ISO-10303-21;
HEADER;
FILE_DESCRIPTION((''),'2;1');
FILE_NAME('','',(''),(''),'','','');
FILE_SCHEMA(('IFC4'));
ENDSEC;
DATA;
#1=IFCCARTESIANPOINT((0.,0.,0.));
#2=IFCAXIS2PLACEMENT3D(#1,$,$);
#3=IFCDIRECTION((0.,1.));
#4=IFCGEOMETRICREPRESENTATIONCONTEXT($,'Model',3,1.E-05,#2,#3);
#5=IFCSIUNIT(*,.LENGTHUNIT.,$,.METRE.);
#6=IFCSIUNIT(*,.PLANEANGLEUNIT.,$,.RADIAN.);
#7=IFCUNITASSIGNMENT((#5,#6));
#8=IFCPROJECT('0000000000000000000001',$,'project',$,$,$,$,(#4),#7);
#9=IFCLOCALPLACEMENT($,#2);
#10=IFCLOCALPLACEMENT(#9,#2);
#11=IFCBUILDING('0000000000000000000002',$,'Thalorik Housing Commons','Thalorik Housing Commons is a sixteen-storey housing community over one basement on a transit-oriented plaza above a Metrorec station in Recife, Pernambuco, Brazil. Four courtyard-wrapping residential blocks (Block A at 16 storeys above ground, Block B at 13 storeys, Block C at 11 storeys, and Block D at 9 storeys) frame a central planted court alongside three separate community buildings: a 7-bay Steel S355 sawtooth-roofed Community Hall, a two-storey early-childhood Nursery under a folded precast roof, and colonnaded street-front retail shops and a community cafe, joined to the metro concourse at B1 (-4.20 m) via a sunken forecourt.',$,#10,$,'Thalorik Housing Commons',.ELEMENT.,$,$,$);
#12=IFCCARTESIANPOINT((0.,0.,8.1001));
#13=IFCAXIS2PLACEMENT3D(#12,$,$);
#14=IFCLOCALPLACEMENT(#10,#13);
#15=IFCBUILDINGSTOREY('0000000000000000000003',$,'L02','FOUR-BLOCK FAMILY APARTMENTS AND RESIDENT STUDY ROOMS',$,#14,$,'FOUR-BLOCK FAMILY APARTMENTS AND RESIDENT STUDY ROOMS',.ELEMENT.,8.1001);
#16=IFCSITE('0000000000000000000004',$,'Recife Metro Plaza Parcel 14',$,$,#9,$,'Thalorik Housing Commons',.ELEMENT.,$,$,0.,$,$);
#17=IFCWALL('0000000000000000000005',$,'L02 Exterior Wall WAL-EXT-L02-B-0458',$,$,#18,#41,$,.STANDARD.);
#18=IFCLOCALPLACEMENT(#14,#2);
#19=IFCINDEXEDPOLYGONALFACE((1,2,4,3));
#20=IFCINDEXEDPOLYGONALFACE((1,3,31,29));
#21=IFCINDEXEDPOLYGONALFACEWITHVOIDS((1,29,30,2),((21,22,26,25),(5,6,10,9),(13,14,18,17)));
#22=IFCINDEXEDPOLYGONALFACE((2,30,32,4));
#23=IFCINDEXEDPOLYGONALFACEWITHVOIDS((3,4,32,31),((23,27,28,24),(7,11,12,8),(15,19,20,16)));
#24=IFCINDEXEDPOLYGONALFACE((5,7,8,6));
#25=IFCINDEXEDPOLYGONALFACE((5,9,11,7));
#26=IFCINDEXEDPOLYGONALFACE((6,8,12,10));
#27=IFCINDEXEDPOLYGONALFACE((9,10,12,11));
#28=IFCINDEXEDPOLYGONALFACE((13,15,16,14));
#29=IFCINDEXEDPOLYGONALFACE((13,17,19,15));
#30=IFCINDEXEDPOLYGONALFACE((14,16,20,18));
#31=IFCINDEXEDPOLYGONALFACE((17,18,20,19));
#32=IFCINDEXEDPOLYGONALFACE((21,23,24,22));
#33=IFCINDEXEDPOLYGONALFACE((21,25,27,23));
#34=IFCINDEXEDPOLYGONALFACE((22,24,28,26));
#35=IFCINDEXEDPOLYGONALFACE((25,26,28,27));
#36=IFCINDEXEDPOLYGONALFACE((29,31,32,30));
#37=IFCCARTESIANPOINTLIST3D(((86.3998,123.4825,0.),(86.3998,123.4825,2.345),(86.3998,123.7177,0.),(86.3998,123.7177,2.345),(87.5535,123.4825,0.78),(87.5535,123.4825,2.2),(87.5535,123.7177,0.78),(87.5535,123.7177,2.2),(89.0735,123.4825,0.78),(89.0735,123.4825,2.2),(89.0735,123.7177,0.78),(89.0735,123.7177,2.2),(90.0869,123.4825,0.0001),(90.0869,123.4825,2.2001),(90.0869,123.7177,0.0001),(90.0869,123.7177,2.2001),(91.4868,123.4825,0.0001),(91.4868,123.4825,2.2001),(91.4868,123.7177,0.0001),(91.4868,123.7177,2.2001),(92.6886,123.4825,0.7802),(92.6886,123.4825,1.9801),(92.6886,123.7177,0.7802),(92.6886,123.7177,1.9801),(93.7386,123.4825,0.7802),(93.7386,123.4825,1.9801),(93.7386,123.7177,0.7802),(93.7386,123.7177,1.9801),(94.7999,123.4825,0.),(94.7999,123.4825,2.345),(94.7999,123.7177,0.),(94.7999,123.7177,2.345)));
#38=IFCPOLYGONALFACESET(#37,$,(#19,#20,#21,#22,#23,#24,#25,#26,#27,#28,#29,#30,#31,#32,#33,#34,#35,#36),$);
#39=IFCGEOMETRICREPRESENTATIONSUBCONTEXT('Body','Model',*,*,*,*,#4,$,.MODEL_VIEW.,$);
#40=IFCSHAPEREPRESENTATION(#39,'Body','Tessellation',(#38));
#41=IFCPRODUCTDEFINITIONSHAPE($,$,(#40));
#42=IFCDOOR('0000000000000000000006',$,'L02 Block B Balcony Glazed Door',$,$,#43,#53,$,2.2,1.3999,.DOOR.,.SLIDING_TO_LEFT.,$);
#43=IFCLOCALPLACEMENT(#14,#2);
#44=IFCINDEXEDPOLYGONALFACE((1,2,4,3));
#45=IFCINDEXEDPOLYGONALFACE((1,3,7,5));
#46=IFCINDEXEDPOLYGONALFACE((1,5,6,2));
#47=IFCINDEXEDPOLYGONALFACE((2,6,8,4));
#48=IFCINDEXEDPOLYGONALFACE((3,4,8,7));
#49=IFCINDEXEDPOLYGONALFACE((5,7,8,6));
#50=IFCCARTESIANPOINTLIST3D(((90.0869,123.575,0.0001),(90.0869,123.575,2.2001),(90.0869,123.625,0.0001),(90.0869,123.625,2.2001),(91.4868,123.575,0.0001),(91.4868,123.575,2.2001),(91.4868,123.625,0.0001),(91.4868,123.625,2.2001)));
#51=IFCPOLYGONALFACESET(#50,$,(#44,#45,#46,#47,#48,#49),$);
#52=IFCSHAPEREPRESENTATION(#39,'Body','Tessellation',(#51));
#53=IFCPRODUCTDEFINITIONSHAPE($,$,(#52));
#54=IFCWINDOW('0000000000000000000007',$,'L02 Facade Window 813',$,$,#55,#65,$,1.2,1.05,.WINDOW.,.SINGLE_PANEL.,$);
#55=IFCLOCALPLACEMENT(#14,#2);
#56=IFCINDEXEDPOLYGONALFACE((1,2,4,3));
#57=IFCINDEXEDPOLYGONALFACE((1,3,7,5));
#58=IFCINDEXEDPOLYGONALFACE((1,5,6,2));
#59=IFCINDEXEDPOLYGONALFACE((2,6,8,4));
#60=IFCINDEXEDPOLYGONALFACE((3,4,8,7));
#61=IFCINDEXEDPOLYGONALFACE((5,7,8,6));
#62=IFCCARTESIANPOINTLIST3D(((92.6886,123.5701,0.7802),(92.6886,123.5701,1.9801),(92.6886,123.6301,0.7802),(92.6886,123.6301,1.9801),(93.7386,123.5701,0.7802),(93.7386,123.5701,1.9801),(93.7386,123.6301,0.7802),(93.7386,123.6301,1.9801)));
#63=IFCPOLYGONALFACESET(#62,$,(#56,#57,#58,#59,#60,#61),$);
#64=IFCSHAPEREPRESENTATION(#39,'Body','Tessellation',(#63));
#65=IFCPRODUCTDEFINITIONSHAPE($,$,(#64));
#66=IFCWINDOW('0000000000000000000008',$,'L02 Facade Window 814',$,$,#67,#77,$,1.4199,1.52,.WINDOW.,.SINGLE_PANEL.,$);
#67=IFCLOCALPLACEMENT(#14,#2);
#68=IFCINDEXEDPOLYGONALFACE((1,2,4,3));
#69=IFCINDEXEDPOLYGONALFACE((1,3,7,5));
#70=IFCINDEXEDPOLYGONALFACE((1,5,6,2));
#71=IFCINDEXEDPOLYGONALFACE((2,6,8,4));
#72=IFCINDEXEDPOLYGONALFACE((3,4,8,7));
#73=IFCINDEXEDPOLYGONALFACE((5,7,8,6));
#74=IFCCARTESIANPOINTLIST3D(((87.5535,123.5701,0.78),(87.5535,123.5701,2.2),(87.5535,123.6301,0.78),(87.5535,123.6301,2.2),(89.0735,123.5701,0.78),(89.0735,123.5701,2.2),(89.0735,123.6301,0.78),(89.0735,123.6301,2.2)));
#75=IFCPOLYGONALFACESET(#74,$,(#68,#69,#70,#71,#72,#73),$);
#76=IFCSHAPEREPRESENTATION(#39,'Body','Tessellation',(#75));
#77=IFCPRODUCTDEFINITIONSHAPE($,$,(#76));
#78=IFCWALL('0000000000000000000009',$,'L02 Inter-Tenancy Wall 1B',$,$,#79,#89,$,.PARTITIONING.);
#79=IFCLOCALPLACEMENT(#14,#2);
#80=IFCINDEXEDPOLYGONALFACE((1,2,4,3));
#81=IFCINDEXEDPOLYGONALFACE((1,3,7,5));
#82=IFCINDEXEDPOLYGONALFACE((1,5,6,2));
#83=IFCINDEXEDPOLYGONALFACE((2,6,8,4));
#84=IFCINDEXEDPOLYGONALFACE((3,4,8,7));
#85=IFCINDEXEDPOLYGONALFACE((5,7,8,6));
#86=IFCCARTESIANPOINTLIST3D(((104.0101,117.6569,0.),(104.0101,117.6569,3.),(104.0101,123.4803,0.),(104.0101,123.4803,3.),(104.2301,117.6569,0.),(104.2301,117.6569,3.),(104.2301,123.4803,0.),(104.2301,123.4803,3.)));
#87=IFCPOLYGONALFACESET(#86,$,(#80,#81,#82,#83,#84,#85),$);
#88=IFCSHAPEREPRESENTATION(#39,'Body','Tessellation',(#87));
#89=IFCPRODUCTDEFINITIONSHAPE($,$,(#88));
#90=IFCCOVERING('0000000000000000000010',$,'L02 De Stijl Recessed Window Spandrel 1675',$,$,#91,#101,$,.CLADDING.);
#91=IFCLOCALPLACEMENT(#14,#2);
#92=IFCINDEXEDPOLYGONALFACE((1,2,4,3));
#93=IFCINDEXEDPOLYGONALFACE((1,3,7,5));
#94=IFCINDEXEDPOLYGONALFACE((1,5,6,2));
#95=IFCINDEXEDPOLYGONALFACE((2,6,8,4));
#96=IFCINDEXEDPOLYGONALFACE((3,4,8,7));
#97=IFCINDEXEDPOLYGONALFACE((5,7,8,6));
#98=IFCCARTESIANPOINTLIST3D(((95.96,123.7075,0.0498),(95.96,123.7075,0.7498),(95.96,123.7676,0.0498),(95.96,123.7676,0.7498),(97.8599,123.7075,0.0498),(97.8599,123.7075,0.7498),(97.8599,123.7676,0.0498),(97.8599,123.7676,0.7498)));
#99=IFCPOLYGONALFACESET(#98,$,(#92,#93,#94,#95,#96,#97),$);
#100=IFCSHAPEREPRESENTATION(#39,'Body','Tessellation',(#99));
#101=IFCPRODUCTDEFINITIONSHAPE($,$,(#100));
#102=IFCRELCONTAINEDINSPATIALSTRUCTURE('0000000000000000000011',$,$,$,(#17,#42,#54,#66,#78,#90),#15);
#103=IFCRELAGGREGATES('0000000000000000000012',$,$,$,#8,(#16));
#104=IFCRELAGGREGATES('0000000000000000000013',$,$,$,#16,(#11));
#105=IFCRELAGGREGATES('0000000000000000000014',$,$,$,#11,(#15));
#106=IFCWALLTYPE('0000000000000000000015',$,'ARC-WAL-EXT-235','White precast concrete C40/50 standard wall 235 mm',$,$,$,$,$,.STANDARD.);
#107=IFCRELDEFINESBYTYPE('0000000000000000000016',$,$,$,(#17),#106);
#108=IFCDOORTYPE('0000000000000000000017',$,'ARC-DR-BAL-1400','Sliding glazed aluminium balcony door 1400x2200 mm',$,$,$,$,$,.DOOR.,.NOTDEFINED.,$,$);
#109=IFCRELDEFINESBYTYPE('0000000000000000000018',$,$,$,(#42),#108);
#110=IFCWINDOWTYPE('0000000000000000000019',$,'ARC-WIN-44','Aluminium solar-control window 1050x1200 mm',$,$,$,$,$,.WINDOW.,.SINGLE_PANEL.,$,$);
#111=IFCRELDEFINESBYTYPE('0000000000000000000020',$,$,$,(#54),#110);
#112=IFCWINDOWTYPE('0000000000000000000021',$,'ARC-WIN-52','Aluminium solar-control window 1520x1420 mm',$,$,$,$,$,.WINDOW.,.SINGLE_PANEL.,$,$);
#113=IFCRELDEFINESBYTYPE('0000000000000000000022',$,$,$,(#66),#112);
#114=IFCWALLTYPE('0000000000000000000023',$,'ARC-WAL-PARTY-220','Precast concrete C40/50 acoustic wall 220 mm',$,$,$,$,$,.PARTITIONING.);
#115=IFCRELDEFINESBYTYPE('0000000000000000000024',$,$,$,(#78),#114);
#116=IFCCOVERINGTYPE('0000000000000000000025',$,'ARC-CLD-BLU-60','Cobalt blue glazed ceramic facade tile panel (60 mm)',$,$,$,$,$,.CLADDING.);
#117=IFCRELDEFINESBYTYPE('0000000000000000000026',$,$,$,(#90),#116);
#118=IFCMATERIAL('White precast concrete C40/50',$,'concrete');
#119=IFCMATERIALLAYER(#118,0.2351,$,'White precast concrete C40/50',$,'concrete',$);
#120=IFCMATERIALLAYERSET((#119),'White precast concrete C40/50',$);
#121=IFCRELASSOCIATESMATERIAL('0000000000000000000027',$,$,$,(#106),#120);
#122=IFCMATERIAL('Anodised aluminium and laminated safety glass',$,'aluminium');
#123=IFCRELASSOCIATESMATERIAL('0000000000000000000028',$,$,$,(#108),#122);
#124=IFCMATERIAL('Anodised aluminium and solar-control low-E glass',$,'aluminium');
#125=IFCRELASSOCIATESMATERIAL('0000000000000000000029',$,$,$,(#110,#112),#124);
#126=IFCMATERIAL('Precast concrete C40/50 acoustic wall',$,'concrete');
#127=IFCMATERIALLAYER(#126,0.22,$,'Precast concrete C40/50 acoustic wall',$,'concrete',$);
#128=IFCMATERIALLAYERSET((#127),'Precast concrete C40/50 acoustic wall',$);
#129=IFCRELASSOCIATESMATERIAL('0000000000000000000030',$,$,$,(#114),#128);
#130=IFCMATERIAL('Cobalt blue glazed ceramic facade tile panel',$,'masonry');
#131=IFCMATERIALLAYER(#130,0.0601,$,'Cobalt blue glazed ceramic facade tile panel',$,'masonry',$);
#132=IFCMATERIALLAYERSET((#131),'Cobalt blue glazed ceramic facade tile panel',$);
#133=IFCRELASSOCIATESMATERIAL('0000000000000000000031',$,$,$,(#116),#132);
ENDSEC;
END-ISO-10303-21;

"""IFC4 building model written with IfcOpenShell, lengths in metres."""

from ifc_helpers import new_model, si_unit, direction, frame, frame_2d, origin, origin_2d, place, context, subcontext, project, spatial, rectangle, extrude, material, layer, layer_set, type_object, element, fill, save


model = new_model("IFC4")

# Units and contexts
model_context = context("Model", 3, precision=1e-05, world=origin(), true_north=direction((0.0, 1.0)))
body_context = subcontext(model_context, "Body", "Model", "MODEL_VIEW")
ifc_project = project(units=[si_unit("LENGTHUNIT", "METRE"), si_unit("PLANEANGLEUNIT", "RADIAN")], contexts=[model_context])

# Site, building, storey
site_placement = place(None, origin())
site = spatial("IfcSite", under=ifc_project, at=site_placement, Name="Recife Metro Plaza Parcel 14", LongName="Thalorik Housing Commons", CompositionType="ELEMENT", RefElevation=0.0)
building_placement = place(site_placement, origin())
building = spatial("IfcBuilding", under=site, at=building_placement, Name="Thalorik Housing Commons", Description="Thalorik Housing Commons is a sixteen-storey housing community over one basement on a transit-oriented plaza above a Metrorec station in Recife, Pernambuco, Brazil. Four courtyard-wrapping residential blocks (Block A at 16 storeys above ground, Block B at 13 storeys, Block C at 11 storeys, and Block D at 9 storeys) frame a central planted court alongside three separate community buildings: a 7-bay Steel S355 sawtooth-roofed Community Hall, a two-storey early-childhood Nursery under a folded precast roof, and colonnaded street-front retail shops and a community cafe, joined to the metro concourse at B1 (-4.20 m) via a sunken forecourt.", LongName="Thalorik Housing Commons", CompositionType="ELEMENT")
storey_placement = place(building_placement, frame((0.0, 0.0, 8.1001)))
storey = spatial("IfcBuildingStorey", under=building, at=storey_placement, Name="L02", Description="FOUR-BLOCK FAMILY APARTMENTS AND RESIDENT STUDY ROOMS", LongName="FOUR-BLOCK FAMILY APARTMENTS AND RESIDENT STUDY ROOMS", CompositionType="ELEMENT", Elevation=8.1001)

# Shared definitions
ifc_material_1 = material(Name="White precast concrete C40/50", Category="concrete")
ifc_layer_1 = layer(ifc_material_1, 0.2351, Name="White precast concrete C40/50", Category="concrete")
ifc_layer_set_1 = layer_set([ifc_layer_1], Name="White precast concrete C40/50")
wall_type_1 = type_object("IfcWallType", Name="ARC-WAL-EXT-235", Description="White precast concrete C40/50 standard wall 235 mm", PredefinedType="STANDARD", material=ifc_layer_set_1)
ifc_material_2 = material(Name="Anodised aluminium and laminated safety glass", Category="aluminium")
ifc_material_3 = material(Name="Anodised aluminium and solar-control low-E glass", Category="aluminium")

# Wall, openings, door, windows
wall_1_placement = place(storey_placement, frame((94.8, 123.6001, 0.0), z_axis=(0.0, 0.0, 1.0), x_axis=(-1.0, 0.0, 0.0)))
wall_1 = element("IfcWall", 1, at=wall_1_placement, inside=storey, type_object=wall_type_1, Name="L02 Exterior Wall WAL-EXT-L02-B-0458", PredefinedType="STANDARD", context=body_context, shape_type="SweptSolid", body=[
    extrude(rectangle(XDim=8.4001, YDim=0.2351, at=frame_2d((4.2002, 0.0))), origin(), (0.0, 0.0, 1.0), 2.345),
])
opening_1_placement = place(wall_1_placement, frame((3.3132, 0.0, 0.0)))
opening_1 = element("IfcOpeningElement", 2, at=opening_1_placement, cuts=wall_1, PredefinedType="OPENING", context=body_context, shape_type="SweptSolid", body=[
    extrude(rectangle(XDim=1.3999, YDim=2.2, at=frame_2d((0.7, 1.1001))), frame((0.0, 0.1274, 0.0), z_axis=(0.0, -1.0, 0.0), x_axis=(1.0, 0.0, 0.0)), (0.0, 0.0, 1.0), 0.2551),
])
opening_2_placement = place(wall_1_placement, frame((1.0615, 0.0, 0.78)))
opening_2 = element("IfcOpeningElement", 3, at=opening_2_placement, cuts=wall_1, PredefinedType="OPENING", context=body_context, shape_type="SweptSolid", body=[
    extrude(rectangle(XDim=1.05, YDim=1.2, at=frame_2d((0.5249, 0.6001))), frame((0.0, 0.1274, 0.0), z_axis=(0.0, -1.0, 0.0), x_axis=(1.0, 0.0, 0.0)), (0.0, 0.0, 1.0), 0.2551),
])
opening_3_placement = place(wall_1_placement, frame((5.7266, 0.0, 0.78)))
opening_3 = element("IfcOpeningElement", 4, at=opening_3_placement, cuts=wall_1, PredefinedType="OPENING", context=body_context, shape_type="SweptSolid", body=[
    extrude(rectangle(XDim=1.52, YDim=1.4199, at=frame_2d((0.76, 0.71))), frame((0.0, 0.1274, 0.0), z_axis=(0.0, -1.0, 0.0), x_axis=(1.0, 0.0, 0.0)), (0.0, 0.0, 1.0), 0.2551),
])
door_type_1 = type_object("IfcDoorType", Name="ARC-DR-BAL-1400", Description="Sliding glazed aluminium balcony door 1400x2200 mm", OperationType="NOTDEFINED", PredefinedType="DOOR", material=ifc_material_2)
door_1_placement = place(opening_1_placement, frame((1.3999, 0.0, 0.0), z_axis=(0.0, 0.0, 1.0), x_axis=(-1.0, 0.0, 0.0)))
door_1 = element("IfcDoor", 5, at=door_1_placement, inside=storey, type_object=door_type_1, Name="L02 Block B Balcony Glazed Door", OperationType="SLIDING_TO_LEFT", OverallHeight=2.2, OverallWidth=1.3999, PredefinedType="DOOR", context=body_context, shape_type="SweptSolid", body=[
    extrude(rectangle(XDim=1.3999, YDim=2.2, at=frame_2d((0.7, 1.1001))), frame((0.0, 0.0249, 0.0), z_axis=(0.0, -1.0, 0.0), x_axis=(1.0, 0.0, 0.0)), (0.0, 0.0, 1.0), 0.05),
])
fill(opening_1, door_1)
window_type_1 = type_object("IfcWindowType", Name="ARC-WIN-44", Description="Aluminium solar-control window 1050x1200 mm", PartitioningType="SINGLE_PANEL", PredefinedType="WINDOW", material=ifc_material_3)
window_1_placement = place(opening_2_placement, origin())
window_1 = element("IfcWindow", 6, at=window_1_placement, inside=storey, type_object=window_type_1, Name="L02 Facade Window 813", OverallHeight=1.2, OverallWidth=1.05, PartitioningType="SINGLE_PANEL", PredefinedType="WINDOW", context=body_context, shape_type="SweptSolid", body=[
    extrude(rectangle(XDim=1.05, YDim=1.2, at=frame_2d((0.5249, 0.6001))), frame((0.0, 0.03, 0.0), z_axis=(0.0, -1.0, 0.0), x_axis=(1.0, 0.0, 0.0)), (0.0, 0.0, 1.0), 0.0601),
])
fill(opening_2, window_1)
window_type_2 = type_object("IfcWindowType", Name="ARC-WIN-52", Description="Aluminium solar-control window 1520x1420 mm", PartitioningType="SINGLE_PANEL", PredefinedType="WINDOW", material=ifc_material_3)
window_2_placement = place(opening_3_placement, origin())
window_2 = element("IfcWindow", 7, at=window_2_placement, inside=storey, type_object=window_type_2, Name="L02 Facade Window 814", OverallHeight=1.4199, OverallWidth=1.52, PartitioningType="SINGLE_PANEL", PredefinedType="WINDOW", context=body_context, shape_type="SweptSolid", body=[
    extrude(rectangle(XDim=1.52, YDim=1.4199, at=frame_2d((0.76, 0.71))), frame((0.0, 0.03, 0.0), z_axis=(0.0, -1.0, 0.0), x_axis=(1.0, 0.0, 0.0)), (0.0, 0.0, 1.0), 0.0601),
])
fill(opening_3, window_2)

# Wall
ifc_material_4 = material(Name="Precast concrete C40/50 acoustic wall", Category="concrete")
ifc_layer_2 = layer(ifc_material_4, 0.22, Name="Precast concrete C40/50 acoustic wall", Category="concrete")
ifc_layer_set_2 = layer_set([ifc_layer_2], Name="Precast concrete C40/50 acoustic wall")
wall_type_2 = type_object("IfcWallType", Name="ARC-WAL-PARTY-220", Description="Precast concrete C40/50 acoustic wall 220 mm", PredefinedType="PARTITIONING", material=ifc_layer_set_2)
wall_2_placement = place(storey_placement, frame((104.1201, 117.657, 0.0), z_axis=(0.0, 0.0, 1.0), x_axis=(0.0, 1.0, 0.0)))
element("IfcWall", 8, at=wall_2_placement, inside=storey, type_object=wall_type_2, Name="L02 Inter-Tenancy Wall 1B", PredefinedType="PARTITIONING", context=body_context, shape_type="SweptSolid", body=[
    extrude(rectangle(XDim=5.8235, YDim=0.22, at=frame_2d((2.9116, 0.0))), origin(), (0.0, 0.0, 1.0), 3.0),
])

# Covering
ifc_material_5 = material(Name="Cobalt blue glazed ceramic facade tile panel", Category="masonry")
ifc_layer_3 = layer(ifc_material_5, 0.0601, Name="Cobalt blue glazed ceramic facade tile panel", Category="masonry")
ifc_layer_set_3 = layer_set([ifc_layer_3], Name="Cobalt blue glazed ceramic facade tile panel")
covering_type_1 = type_object("IfcCoveringType", Name="ARC-CLD-BLU-60", Description="Cobalt blue glazed ceramic facade tile panel (60 mm)", PredefinedType="CLADDING", material=ifc_layer_set_3)
covering_1_placement = place(storey_placement, frame((96.9099, 123.7375, 0.0498), z_axis=(0.0, 0.0, 1.0), x_axis=(-1.0, 0.0, 0.0)))
element("IfcCovering", 9, at=covering_1_placement, inside=storey, type_object=covering_type_1, Name="L02 De Stijl Recessed Window Spandrel 1675", PredefinedType="CLADDING", context=body_context, shape_type="SweptSolid", body=[
    extrude(rectangle(XDim=1.8999, YDim=0.0601, at=origin_2d()), origin(), (0.0, 0.0, 1.0), 0.7),
])

save(model, "model.ifc")
